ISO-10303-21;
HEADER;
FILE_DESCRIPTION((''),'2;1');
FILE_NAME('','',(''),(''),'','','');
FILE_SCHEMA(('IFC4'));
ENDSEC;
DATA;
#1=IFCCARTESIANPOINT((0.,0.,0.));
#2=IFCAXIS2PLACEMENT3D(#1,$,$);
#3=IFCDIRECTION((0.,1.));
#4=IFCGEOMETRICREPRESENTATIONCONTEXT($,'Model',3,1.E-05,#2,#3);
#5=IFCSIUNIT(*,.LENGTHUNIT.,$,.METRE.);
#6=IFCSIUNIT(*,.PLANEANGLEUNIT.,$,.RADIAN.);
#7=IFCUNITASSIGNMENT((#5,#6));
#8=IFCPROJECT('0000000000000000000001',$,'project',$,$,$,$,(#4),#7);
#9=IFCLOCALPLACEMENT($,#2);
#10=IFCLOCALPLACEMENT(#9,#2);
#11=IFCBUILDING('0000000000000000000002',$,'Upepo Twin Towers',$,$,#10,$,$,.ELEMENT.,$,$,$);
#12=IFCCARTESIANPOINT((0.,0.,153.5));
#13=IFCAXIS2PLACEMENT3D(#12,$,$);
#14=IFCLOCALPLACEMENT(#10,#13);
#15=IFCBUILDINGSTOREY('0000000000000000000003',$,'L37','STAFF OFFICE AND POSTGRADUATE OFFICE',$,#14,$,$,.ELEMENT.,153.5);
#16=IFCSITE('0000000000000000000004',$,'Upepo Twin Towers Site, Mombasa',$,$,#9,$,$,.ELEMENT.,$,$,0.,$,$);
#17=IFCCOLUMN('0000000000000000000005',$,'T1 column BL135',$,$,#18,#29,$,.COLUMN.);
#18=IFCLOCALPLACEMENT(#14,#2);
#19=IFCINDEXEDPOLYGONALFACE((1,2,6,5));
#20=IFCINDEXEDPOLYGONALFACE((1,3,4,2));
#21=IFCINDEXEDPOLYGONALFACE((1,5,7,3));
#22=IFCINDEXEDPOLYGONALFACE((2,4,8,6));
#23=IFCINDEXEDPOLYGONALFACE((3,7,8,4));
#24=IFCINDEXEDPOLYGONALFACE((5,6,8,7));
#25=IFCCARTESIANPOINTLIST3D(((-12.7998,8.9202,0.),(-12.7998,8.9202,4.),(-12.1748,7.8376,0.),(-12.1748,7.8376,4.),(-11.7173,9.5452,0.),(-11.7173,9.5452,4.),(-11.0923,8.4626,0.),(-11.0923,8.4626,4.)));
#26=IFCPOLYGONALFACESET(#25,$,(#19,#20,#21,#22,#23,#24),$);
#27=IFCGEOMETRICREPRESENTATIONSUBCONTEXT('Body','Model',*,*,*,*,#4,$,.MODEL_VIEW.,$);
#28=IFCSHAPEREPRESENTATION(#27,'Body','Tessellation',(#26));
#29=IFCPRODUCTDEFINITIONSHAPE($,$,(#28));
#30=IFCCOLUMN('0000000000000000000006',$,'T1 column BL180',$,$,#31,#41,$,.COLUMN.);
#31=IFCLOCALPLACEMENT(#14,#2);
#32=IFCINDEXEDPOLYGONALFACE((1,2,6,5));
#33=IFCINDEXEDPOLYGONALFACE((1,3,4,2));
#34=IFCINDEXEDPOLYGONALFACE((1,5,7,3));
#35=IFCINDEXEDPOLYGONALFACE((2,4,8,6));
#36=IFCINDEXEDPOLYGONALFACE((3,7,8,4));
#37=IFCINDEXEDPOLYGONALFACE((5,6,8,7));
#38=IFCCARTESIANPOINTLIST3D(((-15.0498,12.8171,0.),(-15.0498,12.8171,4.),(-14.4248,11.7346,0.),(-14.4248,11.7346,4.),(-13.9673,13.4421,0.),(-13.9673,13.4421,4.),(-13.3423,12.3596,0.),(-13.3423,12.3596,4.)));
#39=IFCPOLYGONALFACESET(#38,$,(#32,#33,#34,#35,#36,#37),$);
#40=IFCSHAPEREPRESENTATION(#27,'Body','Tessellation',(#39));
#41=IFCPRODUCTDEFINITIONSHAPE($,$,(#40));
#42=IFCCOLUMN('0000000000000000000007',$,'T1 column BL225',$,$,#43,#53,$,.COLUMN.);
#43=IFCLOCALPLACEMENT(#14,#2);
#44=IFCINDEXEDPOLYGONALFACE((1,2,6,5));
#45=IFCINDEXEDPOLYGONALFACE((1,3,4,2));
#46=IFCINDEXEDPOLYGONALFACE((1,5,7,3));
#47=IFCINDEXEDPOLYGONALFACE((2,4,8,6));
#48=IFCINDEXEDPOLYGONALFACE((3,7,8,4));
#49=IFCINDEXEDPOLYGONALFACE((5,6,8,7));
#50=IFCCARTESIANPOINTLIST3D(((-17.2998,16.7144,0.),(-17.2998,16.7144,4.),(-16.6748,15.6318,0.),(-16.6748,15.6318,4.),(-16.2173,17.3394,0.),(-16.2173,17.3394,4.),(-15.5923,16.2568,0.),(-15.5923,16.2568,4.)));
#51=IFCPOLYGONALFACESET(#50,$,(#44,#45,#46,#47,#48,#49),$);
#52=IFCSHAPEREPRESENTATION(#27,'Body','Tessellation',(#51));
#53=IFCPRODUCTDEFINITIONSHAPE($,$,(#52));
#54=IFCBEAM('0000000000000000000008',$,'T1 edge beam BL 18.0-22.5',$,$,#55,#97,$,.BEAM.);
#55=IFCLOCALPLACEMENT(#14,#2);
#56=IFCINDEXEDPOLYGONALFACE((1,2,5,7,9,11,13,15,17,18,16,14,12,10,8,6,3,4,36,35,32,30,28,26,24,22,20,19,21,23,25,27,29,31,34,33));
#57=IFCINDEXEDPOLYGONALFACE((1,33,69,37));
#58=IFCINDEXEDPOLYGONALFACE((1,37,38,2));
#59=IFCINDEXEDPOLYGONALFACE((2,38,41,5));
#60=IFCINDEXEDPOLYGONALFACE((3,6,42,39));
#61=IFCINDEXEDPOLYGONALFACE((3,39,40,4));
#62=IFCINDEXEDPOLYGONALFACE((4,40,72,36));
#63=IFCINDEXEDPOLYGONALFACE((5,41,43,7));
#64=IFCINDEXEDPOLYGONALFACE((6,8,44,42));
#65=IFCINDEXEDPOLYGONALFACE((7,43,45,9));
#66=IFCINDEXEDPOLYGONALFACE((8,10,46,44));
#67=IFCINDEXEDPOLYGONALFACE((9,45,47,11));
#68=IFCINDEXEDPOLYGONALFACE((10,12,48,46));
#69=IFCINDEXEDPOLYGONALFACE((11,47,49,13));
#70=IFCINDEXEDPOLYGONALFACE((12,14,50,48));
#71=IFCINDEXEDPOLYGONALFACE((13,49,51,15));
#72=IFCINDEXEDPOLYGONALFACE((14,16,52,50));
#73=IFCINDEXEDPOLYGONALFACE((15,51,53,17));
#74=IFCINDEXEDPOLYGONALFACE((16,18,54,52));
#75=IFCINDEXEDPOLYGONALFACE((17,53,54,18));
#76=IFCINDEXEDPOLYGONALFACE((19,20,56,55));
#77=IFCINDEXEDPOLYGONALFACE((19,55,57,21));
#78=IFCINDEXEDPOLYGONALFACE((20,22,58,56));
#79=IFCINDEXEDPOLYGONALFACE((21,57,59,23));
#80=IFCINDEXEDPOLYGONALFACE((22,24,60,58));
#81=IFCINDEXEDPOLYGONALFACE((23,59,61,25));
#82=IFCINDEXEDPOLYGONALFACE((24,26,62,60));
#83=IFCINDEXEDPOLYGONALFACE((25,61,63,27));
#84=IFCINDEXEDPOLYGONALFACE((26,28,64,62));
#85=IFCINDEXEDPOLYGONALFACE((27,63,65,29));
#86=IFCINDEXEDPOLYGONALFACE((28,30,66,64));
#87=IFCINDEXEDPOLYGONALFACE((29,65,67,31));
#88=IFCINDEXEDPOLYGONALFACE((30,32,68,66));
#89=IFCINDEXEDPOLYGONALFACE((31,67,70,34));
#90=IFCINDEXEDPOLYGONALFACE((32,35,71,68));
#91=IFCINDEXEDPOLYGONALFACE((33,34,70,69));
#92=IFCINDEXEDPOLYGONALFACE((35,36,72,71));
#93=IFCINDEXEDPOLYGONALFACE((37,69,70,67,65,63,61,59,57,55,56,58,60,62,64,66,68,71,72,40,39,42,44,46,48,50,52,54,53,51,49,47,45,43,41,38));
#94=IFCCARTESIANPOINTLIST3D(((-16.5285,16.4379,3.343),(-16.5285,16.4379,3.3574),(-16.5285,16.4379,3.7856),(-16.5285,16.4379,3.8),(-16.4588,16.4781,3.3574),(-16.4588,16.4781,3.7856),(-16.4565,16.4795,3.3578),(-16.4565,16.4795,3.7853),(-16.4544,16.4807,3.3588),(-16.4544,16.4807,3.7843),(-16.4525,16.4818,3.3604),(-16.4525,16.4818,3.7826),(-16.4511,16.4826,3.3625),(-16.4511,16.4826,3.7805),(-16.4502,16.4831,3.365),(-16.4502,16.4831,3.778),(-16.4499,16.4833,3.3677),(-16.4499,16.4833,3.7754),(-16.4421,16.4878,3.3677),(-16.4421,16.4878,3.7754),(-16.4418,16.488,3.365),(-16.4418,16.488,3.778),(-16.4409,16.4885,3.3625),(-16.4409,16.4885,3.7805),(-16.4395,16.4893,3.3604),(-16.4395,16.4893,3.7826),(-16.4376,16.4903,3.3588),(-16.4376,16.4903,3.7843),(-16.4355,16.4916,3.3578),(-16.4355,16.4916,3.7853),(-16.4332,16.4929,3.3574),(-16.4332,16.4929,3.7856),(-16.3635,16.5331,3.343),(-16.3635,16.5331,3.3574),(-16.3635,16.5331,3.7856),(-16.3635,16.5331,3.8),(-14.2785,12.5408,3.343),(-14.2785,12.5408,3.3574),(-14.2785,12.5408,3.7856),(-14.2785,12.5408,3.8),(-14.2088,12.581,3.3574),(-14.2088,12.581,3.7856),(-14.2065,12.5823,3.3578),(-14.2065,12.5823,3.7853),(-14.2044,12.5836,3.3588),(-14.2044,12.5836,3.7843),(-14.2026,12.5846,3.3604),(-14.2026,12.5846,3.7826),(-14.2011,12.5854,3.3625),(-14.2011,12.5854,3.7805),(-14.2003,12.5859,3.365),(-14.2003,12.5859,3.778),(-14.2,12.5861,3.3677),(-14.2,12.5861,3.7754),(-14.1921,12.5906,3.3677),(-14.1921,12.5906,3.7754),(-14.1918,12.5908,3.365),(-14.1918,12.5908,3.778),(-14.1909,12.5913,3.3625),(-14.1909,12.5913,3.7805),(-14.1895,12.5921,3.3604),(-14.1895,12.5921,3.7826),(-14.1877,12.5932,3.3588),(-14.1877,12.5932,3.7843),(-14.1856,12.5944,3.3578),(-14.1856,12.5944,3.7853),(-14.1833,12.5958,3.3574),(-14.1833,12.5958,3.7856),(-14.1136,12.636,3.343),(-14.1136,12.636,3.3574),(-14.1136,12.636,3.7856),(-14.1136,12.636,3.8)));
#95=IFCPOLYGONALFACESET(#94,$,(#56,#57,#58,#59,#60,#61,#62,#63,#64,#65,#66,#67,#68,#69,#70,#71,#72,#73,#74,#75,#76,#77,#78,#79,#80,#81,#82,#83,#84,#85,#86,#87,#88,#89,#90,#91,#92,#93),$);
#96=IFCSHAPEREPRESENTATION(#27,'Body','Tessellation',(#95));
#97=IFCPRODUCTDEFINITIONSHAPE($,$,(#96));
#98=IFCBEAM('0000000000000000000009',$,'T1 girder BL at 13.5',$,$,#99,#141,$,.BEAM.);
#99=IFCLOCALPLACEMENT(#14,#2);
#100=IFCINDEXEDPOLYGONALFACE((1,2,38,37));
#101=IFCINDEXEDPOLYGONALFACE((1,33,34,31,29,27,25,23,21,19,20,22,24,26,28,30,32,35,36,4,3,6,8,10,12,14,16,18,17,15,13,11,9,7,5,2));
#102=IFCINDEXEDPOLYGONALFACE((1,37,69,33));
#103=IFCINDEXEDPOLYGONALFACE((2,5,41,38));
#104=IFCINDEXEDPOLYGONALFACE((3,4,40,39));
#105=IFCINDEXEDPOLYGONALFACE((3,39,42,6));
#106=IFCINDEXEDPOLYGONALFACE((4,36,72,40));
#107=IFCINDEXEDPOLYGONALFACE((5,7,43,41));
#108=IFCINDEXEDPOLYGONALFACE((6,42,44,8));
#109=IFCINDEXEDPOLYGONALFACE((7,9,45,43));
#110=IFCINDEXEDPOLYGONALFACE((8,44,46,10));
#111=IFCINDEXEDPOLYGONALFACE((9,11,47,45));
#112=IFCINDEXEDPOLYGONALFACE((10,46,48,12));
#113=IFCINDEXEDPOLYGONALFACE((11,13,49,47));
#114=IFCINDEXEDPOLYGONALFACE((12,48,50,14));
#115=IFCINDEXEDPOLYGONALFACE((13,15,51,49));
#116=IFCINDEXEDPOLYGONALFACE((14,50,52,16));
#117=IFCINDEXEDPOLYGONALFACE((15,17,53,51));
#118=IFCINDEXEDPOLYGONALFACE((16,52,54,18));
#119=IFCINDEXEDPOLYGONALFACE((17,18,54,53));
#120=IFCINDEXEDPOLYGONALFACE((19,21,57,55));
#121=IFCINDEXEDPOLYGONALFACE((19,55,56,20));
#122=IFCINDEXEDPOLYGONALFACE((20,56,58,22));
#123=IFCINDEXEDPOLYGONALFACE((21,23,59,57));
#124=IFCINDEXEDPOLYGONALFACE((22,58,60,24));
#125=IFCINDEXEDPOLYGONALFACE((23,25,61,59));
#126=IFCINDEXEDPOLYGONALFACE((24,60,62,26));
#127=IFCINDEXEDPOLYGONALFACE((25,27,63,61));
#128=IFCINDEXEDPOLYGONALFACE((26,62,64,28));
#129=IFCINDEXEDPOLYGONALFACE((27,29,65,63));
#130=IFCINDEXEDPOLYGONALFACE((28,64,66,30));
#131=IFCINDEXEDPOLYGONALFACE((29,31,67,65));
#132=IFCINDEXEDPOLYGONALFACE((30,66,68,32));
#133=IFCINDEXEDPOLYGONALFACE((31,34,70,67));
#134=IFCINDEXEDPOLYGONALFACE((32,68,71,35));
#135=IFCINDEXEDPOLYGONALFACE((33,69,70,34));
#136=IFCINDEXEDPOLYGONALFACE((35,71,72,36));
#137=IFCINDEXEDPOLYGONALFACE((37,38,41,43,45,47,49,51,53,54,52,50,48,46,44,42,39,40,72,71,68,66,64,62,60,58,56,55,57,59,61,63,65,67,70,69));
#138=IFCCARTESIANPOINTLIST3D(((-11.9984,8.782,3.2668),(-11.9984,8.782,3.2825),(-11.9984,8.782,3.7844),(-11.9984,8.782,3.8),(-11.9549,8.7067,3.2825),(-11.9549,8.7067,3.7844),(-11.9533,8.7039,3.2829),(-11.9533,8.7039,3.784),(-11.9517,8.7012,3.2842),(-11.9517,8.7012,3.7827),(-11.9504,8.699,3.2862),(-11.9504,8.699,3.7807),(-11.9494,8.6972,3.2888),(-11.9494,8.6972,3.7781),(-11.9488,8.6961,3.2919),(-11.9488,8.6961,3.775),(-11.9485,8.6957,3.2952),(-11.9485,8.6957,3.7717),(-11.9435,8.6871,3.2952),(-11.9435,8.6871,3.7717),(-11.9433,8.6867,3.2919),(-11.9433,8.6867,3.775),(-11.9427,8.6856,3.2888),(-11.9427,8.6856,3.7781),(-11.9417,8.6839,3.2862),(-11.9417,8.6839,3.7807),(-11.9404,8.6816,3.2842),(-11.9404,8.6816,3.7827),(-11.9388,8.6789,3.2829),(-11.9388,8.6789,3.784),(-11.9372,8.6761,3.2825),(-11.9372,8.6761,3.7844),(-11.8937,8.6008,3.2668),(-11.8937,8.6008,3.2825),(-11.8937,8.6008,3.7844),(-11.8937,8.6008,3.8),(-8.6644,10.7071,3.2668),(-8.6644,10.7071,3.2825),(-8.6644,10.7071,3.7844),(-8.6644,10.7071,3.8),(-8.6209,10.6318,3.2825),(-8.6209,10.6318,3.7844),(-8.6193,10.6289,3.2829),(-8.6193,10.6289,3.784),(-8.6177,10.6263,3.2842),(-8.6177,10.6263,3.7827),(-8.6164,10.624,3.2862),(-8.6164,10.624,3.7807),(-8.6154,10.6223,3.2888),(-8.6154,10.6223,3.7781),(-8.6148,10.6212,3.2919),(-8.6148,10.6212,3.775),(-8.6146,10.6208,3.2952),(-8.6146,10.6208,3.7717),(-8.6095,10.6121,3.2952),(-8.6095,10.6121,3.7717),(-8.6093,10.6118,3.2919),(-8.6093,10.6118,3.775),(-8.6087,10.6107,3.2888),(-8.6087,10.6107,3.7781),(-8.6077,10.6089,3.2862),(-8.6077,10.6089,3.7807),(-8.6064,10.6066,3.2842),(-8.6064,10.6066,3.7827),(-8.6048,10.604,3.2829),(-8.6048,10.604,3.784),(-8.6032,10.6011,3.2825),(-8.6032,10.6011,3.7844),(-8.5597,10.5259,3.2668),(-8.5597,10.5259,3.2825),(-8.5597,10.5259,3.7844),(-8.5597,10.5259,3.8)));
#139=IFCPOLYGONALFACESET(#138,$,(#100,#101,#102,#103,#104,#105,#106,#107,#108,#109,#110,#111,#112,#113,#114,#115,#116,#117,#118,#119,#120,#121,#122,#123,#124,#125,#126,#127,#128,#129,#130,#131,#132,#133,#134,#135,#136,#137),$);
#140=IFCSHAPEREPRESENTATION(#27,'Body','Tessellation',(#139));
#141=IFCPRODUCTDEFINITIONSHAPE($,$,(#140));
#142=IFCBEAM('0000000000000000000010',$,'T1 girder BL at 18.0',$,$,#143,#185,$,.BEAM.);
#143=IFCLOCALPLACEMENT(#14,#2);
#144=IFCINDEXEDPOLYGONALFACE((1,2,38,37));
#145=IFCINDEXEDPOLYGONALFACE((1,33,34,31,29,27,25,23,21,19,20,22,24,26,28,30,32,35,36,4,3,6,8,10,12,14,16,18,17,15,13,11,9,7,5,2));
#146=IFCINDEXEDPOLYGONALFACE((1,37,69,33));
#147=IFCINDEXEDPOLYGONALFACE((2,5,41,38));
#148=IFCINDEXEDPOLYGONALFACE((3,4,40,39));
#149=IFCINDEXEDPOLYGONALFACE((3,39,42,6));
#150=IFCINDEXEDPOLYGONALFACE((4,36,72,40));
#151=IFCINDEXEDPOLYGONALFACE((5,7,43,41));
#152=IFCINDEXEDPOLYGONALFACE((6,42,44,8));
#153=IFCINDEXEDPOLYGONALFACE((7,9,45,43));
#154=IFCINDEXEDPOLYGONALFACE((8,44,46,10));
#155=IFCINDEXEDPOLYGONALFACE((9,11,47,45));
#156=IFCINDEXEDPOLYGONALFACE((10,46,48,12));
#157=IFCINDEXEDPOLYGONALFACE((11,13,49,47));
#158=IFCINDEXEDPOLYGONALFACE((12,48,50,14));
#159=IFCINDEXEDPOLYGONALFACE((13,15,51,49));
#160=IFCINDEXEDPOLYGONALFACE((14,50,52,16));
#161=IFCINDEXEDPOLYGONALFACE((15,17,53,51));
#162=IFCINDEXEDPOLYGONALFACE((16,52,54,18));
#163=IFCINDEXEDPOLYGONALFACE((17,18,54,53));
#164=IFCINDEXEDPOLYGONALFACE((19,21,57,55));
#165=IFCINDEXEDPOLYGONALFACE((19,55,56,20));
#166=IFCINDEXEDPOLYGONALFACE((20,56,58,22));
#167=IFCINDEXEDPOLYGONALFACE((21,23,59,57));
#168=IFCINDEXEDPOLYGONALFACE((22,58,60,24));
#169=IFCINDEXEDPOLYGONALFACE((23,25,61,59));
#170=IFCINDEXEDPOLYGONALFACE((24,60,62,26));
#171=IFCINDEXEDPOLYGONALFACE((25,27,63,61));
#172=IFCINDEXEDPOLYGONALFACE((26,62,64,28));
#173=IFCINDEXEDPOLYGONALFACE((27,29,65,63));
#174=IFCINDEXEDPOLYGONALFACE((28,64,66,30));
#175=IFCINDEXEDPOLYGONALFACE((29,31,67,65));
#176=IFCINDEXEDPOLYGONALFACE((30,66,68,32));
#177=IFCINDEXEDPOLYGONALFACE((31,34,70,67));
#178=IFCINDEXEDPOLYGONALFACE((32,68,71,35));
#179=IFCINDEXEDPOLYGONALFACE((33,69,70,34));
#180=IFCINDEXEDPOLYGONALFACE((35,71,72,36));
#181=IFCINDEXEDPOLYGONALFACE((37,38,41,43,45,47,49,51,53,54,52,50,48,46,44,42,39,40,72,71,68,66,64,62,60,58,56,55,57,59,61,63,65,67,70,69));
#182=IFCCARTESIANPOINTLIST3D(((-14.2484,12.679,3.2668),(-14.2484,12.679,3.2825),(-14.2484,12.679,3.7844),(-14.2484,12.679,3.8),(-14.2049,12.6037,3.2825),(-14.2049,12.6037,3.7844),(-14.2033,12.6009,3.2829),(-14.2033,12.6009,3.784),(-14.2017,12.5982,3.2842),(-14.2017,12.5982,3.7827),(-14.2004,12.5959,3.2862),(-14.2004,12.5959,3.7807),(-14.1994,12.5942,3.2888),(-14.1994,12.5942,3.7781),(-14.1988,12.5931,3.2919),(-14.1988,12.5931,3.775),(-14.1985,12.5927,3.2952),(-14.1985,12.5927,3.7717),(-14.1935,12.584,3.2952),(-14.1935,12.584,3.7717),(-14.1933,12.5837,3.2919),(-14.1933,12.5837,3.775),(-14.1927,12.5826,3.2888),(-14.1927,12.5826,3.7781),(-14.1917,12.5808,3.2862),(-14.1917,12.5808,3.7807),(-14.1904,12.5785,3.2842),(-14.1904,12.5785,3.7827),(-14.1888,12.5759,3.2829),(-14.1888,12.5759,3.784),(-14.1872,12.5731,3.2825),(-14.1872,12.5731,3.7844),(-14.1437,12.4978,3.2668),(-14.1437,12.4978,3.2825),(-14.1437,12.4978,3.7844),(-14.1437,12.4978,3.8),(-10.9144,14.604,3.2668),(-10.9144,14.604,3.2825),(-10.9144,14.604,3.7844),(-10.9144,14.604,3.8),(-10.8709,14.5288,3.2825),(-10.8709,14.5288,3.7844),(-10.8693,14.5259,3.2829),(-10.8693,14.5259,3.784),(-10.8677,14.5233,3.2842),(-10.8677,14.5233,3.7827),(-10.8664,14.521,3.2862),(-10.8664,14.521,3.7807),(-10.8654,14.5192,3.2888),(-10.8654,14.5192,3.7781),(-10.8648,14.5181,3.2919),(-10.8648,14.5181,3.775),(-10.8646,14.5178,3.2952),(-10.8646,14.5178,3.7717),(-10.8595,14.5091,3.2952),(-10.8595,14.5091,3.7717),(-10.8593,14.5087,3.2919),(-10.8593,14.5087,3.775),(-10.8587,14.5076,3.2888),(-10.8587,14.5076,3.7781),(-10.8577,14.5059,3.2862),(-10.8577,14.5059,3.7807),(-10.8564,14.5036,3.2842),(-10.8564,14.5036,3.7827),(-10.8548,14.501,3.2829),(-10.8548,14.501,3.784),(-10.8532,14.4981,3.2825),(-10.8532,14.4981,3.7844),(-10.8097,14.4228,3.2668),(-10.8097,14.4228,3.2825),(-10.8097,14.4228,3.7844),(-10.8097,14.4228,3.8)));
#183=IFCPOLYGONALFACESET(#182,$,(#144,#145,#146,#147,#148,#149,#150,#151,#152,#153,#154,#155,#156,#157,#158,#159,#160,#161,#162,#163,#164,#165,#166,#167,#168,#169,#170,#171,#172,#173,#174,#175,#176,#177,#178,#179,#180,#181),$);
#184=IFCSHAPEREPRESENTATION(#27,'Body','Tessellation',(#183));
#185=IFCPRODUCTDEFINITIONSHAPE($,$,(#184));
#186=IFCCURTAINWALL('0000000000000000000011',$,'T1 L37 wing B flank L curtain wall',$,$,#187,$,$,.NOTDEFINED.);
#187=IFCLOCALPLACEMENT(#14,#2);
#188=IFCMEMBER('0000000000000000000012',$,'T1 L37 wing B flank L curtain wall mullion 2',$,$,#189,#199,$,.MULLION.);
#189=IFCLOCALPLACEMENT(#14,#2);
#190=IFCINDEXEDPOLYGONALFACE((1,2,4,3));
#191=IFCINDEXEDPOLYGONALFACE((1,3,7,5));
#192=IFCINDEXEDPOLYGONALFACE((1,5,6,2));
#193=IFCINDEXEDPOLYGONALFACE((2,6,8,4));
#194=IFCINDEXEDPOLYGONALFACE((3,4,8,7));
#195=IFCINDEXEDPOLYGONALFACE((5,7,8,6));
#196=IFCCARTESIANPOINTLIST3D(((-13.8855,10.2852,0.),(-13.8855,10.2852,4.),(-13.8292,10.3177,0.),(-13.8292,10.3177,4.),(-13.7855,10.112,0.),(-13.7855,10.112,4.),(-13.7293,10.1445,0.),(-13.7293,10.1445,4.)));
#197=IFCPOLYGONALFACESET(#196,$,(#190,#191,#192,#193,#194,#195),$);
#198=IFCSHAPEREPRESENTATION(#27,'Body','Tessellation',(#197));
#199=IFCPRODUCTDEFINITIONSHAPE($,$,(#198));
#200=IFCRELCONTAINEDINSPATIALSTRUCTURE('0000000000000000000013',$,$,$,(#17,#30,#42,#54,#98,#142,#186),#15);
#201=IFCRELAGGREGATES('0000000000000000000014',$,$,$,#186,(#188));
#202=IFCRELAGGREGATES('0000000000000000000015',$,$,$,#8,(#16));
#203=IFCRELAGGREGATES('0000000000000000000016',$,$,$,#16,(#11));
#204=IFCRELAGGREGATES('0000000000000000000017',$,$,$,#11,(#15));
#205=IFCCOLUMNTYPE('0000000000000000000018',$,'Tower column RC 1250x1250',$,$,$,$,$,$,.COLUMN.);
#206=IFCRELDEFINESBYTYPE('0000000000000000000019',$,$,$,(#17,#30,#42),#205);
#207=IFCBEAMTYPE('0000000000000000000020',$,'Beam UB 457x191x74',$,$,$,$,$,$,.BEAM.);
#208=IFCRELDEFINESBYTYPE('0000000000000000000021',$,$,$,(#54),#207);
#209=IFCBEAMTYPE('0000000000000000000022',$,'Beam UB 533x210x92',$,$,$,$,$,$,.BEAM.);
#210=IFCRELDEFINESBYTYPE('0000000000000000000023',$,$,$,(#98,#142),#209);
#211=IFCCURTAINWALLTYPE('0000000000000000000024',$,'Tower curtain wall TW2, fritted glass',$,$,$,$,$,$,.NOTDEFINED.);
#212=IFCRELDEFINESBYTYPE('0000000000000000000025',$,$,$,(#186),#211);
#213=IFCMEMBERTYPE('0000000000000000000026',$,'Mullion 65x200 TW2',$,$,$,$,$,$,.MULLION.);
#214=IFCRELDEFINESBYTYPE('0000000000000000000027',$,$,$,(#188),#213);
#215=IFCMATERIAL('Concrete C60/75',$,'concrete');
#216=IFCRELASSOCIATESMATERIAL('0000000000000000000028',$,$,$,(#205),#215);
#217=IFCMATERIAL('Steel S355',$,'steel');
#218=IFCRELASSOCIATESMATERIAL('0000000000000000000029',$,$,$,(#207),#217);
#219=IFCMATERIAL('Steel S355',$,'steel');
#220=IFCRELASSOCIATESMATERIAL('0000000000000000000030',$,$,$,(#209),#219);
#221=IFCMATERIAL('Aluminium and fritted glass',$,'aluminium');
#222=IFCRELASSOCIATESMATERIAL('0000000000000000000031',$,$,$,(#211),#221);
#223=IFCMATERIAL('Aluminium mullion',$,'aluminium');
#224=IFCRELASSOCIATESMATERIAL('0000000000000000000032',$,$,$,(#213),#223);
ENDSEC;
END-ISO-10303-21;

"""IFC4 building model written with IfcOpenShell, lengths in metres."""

from ifc_helpers import new_model, si_unit, direction, frame, origin, origin_2d, place, context, subcontext, project, spatial, rectangle, i_section, extrude, material, material_profile, profile_set, type_object, element, aggregate, save


model = new_model("IFC4")

# Units and contexts
model_context = context("Model", 3, precision=1e-05, world=origin(), true_north=direction((0.0, 1.0)))
body_context = subcontext(model_context, "Body", "Model", "MODEL_VIEW")
ifc_project = project(units=[si_unit("LENGTHUNIT", "METRE"), si_unit("PLANEANGLEUNIT", "RADIAN")], contexts=[model_context])

# Site, building, storey
site_placement = place(None, origin())
site = spatial("IfcSite", under=ifc_project, at=site_placement, Name="Upepo Twin Towers Site, Mombasa", CompositionType="ELEMENT", RefElevation=0.0)
building_placement = place(site_placement, origin())
building = spatial("IfcBuilding", under=site, at=building_placement, Name="Upepo Twin Towers", CompositionType="ELEMENT")
storey_placement = place(building_placement, frame((0.0, 0.0, 153.5)))
storey = spatial("IfcBuildingStorey", under=building, at=storey_placement, Name="L37", Description="STAFF OFFICE AND POSTGRADUATE OFFICE", CompositionType="ELEMENT", Elevation=153.5)

# Columns
ifc_material_1 = material(Name="Concrete C60/75", Category="concrete")
ifc_material_profile_1 = material_profile(ifc_material_1, rectangle(XDim=1.25, YDim=1.25, at=origin_2d()), Name="RC 1250x1250")
ifc_profile_set_1 = profile_set([ifc_material_profile_1], Name="Concrete C60/75")
column_type = type_object("IfcColumnType", Name="Tower column RC 1250x1250", PredefinedType="COLUMN", material=ifc_profile_set_1)
for number, where, z_axis, x_axis, name in (
    (1, (-11.946, 8.6914, 0.0), (0.0, 0.0, 1.0), (0.866025, 0.5, 0.0), "T1 column BL135"),
    (2, (-14.196, 12.5884, 0.0), (0.0, 0.0, 1.0), (0.866025, 0.5, 0.0), "T1 column BL180"),
    (3, (-16.446, 16.4856, 0.0), (0.0, 0.0, 1.0), (0.866025, 0.5, 0.0), "T1 column BL225"),
):
    element("IfcColumn", number, at=place(storey_placement, frame(where, z_axis=z_axis, x_axis=x_axis)), inside=storey, type_object=column_type, Name=name, PredefinedType="COLUMN", context=body_context, shape_type="SweptSolid", body=[
        extrude(rectangle(XDim=1.25, YDim=1.25, at=origin_2d()), origin(), (0.0, 0.0, 1.0), 4.0),
    ])

# Beams
ifc_material_2 = material(Name="Steel S355", Category="steel")
ifc_material_profile_2 = material_profile(ifc_material_2, i_section(OverallWidth=0.1904, OverallDepth=0.457, WebThickness=0.009, FlangeThickness=0.0144, FilletRadius=0.0103, at=origin_2d()), Name="UB 457x191x74")
ifc_profile_set_2 = profile_set([ifc_material_profile_2], Name="Steel S355")
beam_type_1 = type_object("IfcBeamType", Name="Beam UB 457x191x74", PredefinedType="BEAM", material=ifc_profile_set_2)
beam_placement = place(storey_placement, frame((-14.196, 12.5884, 3.5715), z_axis=(-0.49999, 0.866031, 0.0), x_axis=(-0.866031, -0.49999, 0.0)))
element("IfcBeam", 4, at=beam_placement, inside=storey, type_object=beam_type_1, Name="T1 edge beam BL 18.0-22.5", PredefinedType="BEAM", context=body_context, shape_type="SweptSolid", body=[
    extrude(i_section(OverallWidth=0.1904, OverallDepth=0.457, WebThickness=0.009, FlangeThickness=0.0144, FilletRadius=0.0103, at=origin_2d()), origin(), (0.0, 0.0, 1.0), 4.5),
])
ifc_material_3 = material(Name="Steel S355", Category="steel")
ifc_material_profile_3 = material_profile(ifc_material_3, i_section(OverallWidth=0.2092, OverallDepth=0.5332, WebThickness=0.01, FlangeThickness=0.0156, FilletRadius=0.0127, at=origin_2d()), Name="UB 533x210x92")
ifc_profile_set_3 = profile_set([ifc_material_profile_3], Name="Steel S355")
beam_type_2 = type_object("IfcBeamType", Name="Beam UB 533x210x92", PredefinedType="BEAM", material=ifc_profile_set_3)
for number, where, z_axis, x_axis, name in (
    (5, (-11.946, 8.6914, 3.5334), (0.866006, 0.500034, 0.0), (-0.500034, 0.866006, 0.0), "T1 girder BL at 13.5"),
    (6, (-14.196, 12.5884, 3.5334), (0.866006, 0.500034, 0.0), (-0.500034, 0.866006, 0.0), "T1 girder BL at 18.0"),
):
    element("IfcBeam", number, at=place(storey_placement, frame(where, z_axis=z_axis, x_axis=x_axis)), inside=storey, type_object=beam_type_2, Name=name, PredefinedType="BEAM", context=body_context, shape_type="SweptSolid", body=[
        extrude(i_section(OverallWidth=0.2092, OverallDepth=0.5332, WebThickness=0.01, FlangeThickness=0.0156, FilletRadius=0.0127, at=origin_2d()), origin(), (0.0, 0.0, 1.0), 3.8499),
    ])

# Curtain wall, member
ifc_material_4 = material(Name="Aluminium and fritted glass", Category="aluminium")
curtain_wall_type = type_object("IfcCurtainWallType", Name="Tower curtain wall TW2, fritted glass", PredefinedType="NOTDEFINED", material=ifc_material_4)
curtain_wall_placement = place(storey_placement, origin())
curtain_wall = element("IfcCurtainWall", 7, at=curtain_wall_placement, inside=storey, type_object=curtain_wall_type, Name="T1 L37 wing B flank L curtain wall", PredefinedType="NOTDEFINED")
ifc_material_5 = material(Name="Aluminium mullion", Category="aluminium")
ifc_material_profile_4 = material_profile(ifc_material_5, rectangle(XDim=0.0649, YDim=0.2, at=origin_2d()), Name="MULLION 65x200")
ifc_profile_set_4 = profile_set([ifc_material_profile_4], Name="Aluminium mullion")
member_type_1 = type_object("IfcMemberType", Name="Mullion 65x200 TW2", PredefinedType="MULLION", material=ifc_profile_set_4)
member_1_placement = place(storey_placement, frame((-13.8074, 10.2148, 0.0), z_axis=(0.0, 0.0, 1.0), x_axis=(-0.866025, -0.5, 0.0)))
member_1 = element("IfcMember", 8, at=member_1_placement, type_object=member_type_1, Name="T1 L37 wing B flank L curtain wall mullion 2", PredefinedType="MULLION", context=body_context, shape_type="SweptSolid", body=[
    extrude(rectangle(XDim=0.0649, YDim=0.2, at=origin_2d()), origin(), (0.0, 0.0, 1.0), 4.0),
])
aggregate(curtain_wall, [member_1])

save(model, "model.ifc")
